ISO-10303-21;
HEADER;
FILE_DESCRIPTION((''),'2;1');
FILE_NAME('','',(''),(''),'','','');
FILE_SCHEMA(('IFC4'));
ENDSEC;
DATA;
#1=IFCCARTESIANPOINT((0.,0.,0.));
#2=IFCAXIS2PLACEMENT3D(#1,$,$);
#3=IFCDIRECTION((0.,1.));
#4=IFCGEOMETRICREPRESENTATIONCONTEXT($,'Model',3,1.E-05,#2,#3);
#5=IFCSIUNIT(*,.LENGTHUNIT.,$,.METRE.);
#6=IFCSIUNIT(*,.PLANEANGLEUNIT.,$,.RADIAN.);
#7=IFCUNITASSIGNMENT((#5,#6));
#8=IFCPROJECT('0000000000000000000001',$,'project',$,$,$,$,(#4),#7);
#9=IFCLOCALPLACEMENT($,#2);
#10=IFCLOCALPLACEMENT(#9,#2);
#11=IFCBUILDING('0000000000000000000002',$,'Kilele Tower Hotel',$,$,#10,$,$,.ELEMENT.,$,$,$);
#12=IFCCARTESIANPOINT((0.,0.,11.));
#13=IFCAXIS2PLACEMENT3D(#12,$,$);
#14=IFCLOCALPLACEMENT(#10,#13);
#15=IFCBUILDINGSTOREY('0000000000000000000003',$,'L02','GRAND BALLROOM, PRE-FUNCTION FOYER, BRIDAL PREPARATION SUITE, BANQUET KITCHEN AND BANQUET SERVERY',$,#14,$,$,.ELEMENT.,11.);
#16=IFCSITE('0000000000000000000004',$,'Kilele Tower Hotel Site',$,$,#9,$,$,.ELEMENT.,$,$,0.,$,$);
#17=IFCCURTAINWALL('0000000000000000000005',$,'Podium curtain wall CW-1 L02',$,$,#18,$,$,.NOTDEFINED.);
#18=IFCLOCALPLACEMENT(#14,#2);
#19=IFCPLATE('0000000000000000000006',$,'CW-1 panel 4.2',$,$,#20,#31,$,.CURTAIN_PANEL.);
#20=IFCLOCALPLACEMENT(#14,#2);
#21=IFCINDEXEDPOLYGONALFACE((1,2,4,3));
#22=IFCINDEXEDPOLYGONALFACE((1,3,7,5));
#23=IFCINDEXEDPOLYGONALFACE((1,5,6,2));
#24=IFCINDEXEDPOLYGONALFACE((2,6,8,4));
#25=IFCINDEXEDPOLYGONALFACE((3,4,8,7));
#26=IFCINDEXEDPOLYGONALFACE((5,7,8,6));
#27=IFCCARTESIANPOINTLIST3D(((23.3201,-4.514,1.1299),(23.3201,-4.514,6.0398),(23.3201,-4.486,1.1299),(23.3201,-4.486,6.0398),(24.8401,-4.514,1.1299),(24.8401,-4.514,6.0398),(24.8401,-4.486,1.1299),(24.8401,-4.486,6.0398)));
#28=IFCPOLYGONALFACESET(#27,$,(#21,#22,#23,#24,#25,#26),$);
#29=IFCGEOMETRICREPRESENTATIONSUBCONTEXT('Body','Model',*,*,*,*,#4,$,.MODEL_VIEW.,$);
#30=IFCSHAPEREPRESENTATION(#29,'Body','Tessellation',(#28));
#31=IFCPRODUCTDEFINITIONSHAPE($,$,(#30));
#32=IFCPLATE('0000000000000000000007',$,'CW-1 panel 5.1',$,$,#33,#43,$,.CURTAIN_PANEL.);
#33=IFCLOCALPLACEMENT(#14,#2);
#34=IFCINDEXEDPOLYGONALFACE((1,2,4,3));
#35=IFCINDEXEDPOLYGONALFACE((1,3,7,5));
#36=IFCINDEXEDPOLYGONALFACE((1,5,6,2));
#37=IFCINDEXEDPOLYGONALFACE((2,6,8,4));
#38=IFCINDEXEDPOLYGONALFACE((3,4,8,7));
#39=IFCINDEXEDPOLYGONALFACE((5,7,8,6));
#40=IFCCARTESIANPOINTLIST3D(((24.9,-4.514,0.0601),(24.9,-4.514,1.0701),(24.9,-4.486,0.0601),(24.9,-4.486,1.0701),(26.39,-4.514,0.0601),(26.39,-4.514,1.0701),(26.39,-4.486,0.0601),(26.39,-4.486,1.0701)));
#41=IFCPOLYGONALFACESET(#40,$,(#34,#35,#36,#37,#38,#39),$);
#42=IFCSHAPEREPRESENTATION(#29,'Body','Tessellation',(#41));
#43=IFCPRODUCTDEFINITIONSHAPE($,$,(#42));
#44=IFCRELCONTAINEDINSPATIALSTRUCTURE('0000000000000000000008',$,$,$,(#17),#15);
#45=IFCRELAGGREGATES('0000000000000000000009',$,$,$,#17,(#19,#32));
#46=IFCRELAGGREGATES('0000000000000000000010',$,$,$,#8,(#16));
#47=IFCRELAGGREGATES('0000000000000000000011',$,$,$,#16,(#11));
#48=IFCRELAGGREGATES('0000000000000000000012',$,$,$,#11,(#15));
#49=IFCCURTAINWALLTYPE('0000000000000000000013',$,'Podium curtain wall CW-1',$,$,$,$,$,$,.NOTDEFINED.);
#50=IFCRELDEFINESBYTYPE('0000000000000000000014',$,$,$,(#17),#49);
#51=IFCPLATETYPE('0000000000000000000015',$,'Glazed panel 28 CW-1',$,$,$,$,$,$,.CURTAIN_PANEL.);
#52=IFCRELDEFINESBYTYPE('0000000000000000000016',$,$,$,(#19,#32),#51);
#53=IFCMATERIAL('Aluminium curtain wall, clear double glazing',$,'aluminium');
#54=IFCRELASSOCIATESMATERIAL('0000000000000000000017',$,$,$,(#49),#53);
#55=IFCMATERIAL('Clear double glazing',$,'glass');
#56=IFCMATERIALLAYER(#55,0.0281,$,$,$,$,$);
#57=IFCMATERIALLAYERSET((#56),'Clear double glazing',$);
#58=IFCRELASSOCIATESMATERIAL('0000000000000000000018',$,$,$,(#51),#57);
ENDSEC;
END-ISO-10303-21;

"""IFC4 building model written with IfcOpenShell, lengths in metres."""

from ifc_helpers import new_model, si_unit, direction, frame, origin, origin_2d, place, context, subcontext, project, spatial, rectangle, extrude, material, layer, layer_set, type_object, element, aggregate, save


model = new_model("IFC4")

# Units and contexts
model_context = context("Model", 3, precision=1e-05, world=origin(), true_north=direction((0.0, 1.0)))
body_context = subcontext(model_context, "Body", "Model", "MODEL_VIEW")
ifc_project = project(units=[si_unit("LENGTHUNIT", "METRE"), si_unit("PLANEANGLEUNIT", "RADIAN")], contexts=[model_context])

# Site, building, storey
site_placement = place(None, origin())
site = spatial("IfcSite", under=ifc_project, at=site_placement, Name="Kilele Tower Hotel Site", CompositionType="ELEMENT", RefElevation=0.0)
building_placement = place(site_placement, origin())
building = spatial("IfcBuilding", under=site, at=building_placement, Name="Kilele Tower Hotel", CompositionType="ELEMENT")
storey_placement = place(building_placement, frame((0.0, 0.0, 11.0)))
storey = spatial("IfcBuildingStorey", under=building, at=storey_placement, Name="L02", Description="GRAND BALLROOM, PRE-FUNCTION FOYER, BRIDAL PREPARATION SUITE, BANQUET KITCHEN AND BANQUET SERVERY", CompositionType="ELEMENT", Elevation=11.0)

# Curtain wall, plates
ifc_material_1 = material(Name="Aluminium curtain wall, clear double glazing", Category="aluminium")
curtain_wall_type = type_object("IfcCurtainWallType", Name="Podium curtain wall CW-1", PredefinedType="NOTDEFINED", material=ifc_material_1)
curtain_wall_placement = place(storey_placement, origin())
curtain_wall = element("IfcCurtainWall", 1, at=curtain_wall_placement, inside=storey, type_object=curtain_wall_type, Name="Podium curtain wall CW-1 L02", PredefinedType="NOTDEFINED")
ifc_material_2 = material(Name="Clear double glazing", Category="glass")
ifc_layer = layer(ifc_material_2, 0.0281)
ifc_layer_set = layer_set([ifc_layer], Name="Clear double glazing")
plate_type = type_object("IfcPlateType", Name="Glazed panel 28 CW-1", PredefinedType="CURTAIN_PANEL", material=ifc_layer_set)
plate_1_placement = place(storey_placement, frame((24.0801, -4.5, 1.1299), z_axis=(0.0, 0.0, 1.0), x_axis=(1.0, 0.0, 0.0)))
plate_1 = element("IfcPlate", 2, at=plate_1_placement, type_object=plate_type, Name="CW-1 panel 4.2", PredefinedType="CURTAIN_PANEL", context=body_context, shape_type="SweptSolid", body=[
    extrude(rectangle(XDim=1.52, YDim=0.0281, at=origin_2d()), origin(), (0.0, 0.0, 1.0), 4.9099),
])
plate_2_placement = place(storey_placement, frame((25.645, -4.5, 0.0601), z_axis=(0.0, 0.0, 1.0), x_axis=(1.0, 0.0, 0.0)))
plate_2 = element("IfcPlate", 3, at=plate_2_placement, type_object=plate_type, Name="CW-1 panel 5.1", PredefinedType="CURTAIN_PANEL", context=body_context, shape_type="SweptSolid", body=[
    extrude(rectangle(XDim=1.49, YDim=0.0281, at=origin_2d()), origin(), (0.0, 0.0, 1.0), 1.01),
])
aggregate(curtain_wall, [plate_1, plate_2])

save(model, "model.ifc")
